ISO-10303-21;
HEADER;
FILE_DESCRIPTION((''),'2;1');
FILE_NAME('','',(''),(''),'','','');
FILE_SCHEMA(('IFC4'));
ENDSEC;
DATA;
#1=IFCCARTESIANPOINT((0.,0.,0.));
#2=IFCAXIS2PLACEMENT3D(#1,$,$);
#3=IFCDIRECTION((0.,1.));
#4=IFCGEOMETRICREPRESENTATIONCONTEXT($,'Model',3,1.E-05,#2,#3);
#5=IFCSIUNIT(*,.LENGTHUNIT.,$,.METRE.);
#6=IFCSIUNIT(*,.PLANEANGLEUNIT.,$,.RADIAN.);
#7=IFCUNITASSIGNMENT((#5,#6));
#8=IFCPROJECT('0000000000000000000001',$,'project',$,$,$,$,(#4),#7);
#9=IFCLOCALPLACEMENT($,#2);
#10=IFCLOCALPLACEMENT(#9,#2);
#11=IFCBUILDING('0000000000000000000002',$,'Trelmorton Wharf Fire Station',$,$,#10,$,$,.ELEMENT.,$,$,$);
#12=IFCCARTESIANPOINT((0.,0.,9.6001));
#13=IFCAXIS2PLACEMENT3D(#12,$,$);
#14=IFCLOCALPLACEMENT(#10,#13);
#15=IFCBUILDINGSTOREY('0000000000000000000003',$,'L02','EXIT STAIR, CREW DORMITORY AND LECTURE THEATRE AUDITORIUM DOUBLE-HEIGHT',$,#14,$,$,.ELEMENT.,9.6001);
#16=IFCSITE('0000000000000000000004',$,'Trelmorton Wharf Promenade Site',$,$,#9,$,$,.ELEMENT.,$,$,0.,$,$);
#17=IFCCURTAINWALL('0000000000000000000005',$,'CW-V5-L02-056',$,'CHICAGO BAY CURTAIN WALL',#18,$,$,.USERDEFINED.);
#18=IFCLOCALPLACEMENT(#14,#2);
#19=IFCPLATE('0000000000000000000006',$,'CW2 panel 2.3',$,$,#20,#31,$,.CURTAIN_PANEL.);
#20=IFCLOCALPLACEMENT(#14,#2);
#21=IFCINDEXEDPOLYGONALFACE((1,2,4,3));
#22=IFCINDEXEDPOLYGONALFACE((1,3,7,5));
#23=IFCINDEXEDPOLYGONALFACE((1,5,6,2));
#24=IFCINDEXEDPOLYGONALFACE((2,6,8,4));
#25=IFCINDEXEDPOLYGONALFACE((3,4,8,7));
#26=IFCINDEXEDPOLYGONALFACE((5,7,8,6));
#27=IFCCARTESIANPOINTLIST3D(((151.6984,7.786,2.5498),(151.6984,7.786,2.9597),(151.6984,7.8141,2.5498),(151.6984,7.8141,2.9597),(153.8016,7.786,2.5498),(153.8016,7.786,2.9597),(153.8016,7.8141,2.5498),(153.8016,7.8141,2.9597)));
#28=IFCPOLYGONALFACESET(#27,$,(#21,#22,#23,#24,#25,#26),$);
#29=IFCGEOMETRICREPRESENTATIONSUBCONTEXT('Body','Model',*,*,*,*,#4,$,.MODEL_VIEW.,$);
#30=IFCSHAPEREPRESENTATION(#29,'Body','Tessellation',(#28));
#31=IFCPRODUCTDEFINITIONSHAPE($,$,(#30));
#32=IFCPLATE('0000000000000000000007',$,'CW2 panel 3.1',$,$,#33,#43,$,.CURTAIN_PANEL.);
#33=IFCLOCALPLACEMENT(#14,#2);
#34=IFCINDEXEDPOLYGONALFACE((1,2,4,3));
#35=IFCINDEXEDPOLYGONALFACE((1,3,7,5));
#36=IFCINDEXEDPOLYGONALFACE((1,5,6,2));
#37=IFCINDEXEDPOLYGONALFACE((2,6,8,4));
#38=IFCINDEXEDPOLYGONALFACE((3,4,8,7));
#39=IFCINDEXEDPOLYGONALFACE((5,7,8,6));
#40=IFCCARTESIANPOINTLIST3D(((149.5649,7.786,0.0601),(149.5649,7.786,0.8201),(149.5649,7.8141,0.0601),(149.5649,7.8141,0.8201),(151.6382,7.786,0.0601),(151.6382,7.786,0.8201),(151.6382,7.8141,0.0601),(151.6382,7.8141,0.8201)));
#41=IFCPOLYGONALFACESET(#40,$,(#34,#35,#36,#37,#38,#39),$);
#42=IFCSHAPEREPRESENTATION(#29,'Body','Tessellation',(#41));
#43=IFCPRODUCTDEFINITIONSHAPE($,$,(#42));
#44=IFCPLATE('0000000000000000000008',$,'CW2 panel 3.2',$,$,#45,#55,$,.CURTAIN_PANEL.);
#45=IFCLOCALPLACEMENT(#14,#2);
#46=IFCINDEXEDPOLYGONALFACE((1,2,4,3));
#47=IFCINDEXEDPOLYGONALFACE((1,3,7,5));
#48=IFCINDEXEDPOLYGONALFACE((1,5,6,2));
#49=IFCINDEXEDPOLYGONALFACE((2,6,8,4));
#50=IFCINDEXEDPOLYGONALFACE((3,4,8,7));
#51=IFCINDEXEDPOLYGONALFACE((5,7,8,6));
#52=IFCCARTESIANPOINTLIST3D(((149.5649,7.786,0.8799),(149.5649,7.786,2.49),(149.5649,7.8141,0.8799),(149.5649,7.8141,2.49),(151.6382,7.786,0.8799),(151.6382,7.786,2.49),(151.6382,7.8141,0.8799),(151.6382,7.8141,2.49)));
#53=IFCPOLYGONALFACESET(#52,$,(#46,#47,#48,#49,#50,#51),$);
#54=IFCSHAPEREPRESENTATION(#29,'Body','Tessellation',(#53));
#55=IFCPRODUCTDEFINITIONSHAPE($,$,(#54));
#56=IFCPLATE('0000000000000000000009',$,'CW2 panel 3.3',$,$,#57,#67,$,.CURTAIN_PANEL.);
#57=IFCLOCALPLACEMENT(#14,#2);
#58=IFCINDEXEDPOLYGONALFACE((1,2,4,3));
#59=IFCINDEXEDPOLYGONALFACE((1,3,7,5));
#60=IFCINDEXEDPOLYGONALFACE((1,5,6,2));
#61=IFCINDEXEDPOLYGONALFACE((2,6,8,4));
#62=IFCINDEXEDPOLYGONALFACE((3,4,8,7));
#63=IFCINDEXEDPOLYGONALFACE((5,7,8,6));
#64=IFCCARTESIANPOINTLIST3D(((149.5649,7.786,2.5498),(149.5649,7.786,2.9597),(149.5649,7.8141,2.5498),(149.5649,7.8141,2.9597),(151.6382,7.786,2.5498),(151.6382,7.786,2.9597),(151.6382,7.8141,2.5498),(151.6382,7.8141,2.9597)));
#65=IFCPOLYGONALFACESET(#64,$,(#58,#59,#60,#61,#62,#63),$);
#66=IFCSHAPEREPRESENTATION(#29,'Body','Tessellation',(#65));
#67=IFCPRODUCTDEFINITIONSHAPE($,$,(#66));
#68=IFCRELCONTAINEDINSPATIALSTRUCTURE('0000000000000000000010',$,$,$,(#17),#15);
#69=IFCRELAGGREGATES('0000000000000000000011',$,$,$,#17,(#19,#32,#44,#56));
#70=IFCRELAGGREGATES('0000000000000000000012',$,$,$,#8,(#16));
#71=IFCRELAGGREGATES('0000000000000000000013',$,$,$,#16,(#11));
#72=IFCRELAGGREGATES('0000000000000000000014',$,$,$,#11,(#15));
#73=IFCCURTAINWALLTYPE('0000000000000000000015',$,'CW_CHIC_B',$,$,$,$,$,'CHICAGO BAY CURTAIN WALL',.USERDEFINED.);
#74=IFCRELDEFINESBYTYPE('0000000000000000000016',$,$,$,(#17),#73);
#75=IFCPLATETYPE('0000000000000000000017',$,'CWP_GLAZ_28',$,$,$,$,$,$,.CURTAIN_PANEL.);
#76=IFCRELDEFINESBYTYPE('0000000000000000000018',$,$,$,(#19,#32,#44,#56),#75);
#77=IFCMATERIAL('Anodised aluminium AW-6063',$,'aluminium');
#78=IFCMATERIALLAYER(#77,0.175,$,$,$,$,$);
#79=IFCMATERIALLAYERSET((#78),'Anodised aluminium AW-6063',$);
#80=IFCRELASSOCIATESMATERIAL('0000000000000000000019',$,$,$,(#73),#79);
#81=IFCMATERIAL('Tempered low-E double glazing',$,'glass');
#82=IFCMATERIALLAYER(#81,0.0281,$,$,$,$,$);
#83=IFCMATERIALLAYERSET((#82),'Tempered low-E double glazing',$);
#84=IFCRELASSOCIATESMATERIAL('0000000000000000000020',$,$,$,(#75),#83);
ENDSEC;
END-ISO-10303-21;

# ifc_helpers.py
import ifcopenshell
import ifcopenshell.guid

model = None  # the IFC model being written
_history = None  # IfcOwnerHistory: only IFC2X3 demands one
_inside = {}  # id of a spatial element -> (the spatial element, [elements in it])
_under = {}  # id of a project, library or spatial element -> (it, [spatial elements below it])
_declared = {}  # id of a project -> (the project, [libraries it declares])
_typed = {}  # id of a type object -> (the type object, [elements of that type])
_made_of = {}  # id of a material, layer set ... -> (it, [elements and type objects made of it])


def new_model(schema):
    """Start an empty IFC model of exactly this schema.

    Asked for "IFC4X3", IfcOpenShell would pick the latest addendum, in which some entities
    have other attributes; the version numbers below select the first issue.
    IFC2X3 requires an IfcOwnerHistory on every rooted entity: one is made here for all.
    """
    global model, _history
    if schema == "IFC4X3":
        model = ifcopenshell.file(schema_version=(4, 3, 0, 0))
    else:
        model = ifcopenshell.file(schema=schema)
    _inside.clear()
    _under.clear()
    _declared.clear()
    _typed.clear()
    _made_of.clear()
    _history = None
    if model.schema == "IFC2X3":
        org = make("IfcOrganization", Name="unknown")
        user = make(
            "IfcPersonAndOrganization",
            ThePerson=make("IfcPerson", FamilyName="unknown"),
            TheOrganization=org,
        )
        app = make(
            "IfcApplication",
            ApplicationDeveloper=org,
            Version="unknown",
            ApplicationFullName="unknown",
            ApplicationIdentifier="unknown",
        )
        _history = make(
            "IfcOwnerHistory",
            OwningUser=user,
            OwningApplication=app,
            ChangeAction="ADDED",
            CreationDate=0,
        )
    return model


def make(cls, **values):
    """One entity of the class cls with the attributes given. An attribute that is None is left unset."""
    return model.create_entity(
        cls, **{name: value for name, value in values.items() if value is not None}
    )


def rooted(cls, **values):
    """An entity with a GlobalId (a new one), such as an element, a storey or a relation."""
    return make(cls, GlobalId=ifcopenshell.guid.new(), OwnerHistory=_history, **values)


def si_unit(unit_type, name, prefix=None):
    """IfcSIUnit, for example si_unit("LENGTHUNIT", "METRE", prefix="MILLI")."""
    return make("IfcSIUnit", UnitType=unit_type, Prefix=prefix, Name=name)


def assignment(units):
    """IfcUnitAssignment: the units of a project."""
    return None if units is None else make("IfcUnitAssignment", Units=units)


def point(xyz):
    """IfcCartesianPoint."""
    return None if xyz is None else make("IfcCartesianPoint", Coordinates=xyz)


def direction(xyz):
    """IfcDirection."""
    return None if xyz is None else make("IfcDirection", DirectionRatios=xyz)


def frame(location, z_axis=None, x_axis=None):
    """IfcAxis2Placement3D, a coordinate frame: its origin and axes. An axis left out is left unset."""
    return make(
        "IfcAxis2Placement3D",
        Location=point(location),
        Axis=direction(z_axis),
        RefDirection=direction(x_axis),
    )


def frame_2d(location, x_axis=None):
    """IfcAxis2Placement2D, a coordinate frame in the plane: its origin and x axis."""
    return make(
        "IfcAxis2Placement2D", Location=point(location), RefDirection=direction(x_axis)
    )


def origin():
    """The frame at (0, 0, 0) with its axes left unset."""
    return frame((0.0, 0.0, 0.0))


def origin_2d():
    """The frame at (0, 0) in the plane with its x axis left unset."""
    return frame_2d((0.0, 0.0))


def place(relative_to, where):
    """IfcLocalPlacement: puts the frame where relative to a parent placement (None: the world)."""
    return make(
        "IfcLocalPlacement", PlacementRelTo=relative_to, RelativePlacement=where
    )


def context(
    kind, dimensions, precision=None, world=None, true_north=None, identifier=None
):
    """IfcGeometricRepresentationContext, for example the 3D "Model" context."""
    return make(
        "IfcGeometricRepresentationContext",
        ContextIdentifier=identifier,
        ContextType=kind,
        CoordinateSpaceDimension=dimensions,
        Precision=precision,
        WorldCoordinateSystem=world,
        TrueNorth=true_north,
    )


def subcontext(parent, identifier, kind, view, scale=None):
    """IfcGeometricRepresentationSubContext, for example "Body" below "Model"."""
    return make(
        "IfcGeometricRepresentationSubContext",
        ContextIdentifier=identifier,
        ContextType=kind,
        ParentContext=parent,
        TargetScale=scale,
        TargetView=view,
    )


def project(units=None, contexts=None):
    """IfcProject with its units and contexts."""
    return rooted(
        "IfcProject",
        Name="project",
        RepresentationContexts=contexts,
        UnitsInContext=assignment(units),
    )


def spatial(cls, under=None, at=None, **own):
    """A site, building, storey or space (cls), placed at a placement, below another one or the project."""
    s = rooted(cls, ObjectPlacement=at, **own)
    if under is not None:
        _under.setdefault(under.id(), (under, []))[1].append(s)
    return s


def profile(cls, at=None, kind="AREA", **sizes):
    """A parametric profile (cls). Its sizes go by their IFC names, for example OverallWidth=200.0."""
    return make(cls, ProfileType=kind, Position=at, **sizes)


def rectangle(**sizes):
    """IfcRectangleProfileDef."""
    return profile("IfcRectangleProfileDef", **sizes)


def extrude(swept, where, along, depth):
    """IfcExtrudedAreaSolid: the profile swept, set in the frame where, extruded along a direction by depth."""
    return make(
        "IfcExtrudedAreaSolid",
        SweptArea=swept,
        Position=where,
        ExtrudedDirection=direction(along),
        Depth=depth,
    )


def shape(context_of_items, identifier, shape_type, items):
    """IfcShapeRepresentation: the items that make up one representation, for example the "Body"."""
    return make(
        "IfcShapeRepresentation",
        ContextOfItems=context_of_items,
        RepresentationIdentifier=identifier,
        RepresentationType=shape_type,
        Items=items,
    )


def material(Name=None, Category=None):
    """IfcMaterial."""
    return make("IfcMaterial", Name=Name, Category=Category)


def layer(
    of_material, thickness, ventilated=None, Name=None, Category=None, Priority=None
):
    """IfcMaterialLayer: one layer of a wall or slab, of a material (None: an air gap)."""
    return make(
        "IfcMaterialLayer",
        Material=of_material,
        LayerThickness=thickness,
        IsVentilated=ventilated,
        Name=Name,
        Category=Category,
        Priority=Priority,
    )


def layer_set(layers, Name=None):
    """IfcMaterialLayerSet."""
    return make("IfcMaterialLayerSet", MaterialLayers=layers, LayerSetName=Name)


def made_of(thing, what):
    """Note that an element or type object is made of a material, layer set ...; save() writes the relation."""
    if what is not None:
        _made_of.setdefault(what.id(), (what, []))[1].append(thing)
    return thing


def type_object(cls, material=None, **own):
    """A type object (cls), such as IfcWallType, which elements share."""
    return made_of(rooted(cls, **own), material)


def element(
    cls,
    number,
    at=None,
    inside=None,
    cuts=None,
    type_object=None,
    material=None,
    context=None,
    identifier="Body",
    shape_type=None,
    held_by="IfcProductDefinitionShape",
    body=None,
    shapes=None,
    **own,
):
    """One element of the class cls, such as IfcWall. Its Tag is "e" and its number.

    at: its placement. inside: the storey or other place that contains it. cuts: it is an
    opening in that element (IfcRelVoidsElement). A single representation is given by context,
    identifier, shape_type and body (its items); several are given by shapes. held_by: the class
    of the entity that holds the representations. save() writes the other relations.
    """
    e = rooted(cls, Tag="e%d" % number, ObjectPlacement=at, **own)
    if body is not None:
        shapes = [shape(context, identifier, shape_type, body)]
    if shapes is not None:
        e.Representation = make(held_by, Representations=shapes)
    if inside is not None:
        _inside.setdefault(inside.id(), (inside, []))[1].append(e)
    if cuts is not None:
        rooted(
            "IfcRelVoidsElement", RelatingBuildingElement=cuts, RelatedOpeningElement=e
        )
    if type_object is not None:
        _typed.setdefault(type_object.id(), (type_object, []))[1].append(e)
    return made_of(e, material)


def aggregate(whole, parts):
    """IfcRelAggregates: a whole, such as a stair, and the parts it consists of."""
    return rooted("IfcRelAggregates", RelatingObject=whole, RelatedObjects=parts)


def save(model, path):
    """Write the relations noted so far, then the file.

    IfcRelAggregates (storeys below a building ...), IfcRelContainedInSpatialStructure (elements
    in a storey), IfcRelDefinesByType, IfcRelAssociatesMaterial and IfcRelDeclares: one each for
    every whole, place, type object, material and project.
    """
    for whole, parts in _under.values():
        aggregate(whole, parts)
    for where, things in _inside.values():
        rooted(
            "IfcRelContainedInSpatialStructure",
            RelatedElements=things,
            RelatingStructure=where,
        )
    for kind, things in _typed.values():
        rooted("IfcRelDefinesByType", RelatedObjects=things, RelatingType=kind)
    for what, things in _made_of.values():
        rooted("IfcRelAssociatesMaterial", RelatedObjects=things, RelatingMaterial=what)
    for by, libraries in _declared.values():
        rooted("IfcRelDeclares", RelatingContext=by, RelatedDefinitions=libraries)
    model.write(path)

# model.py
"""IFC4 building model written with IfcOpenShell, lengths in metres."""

from ifc_helpers import new_model, si_unit, direction, frame, origin, origin_2d, place, context, subcontext, project, spatial, rectangle, extrude, material, layer, layer_set, type_object, element, aggregate, save


model = new_model("IFC4")

# Units and contexts
model_context = context("Model", 3, precision=1e-05, world=origin(), true_north=direction((0.0, 1.0)))
body_context = subcontext(model_context, "Body", "Model", "MODEL_VIEW")
ifc_project = project(units=[si_unit("LENGTHUNIT", "METRE"), si_unit("PLANEANGLEUNIT", "RADIAN")], contexts=[model_context])

# Site, building, storey
site_placement = place(None, origin())
site = spatial("IfcSite", under=ifc_project, at=site_placement, Name="Trelmorton Wharf Promenade Site", CompositionType="ELEMENT", RefElevation=0.0)
building_placement = place(site_placement, origin())
building = spatial("IfcBuilding", under=site, at=building_placement, Name="Trelmorton Wharf Fire Station", CompositionType="ELEMENT")
storey_placement = place(building_placement, frame((0.0, 0.0, 9.6001)))
storey = spatial("IfcBuildingStorey", under=building, at=storey_placement, Name="L02", Description="EXIT STAIR, CREW DORMITORY AND LECTURE THEATRE AUDITORIUM DOUBLE-HEIGHT", CompositionType="ELEMENT", Elevation=9.6001)

# Shared definitions
ifc_material_1 = material(Name="Anodised aluminium AW-6063", Category="aluminium")

# Curtain wall
ifc_layer_1 = layer(ifc_material_1, 0.175)
ifc_layer_set_1 = layer_set([ifc_layer_1], Name="Anodised aluminium AW-6063")
curtain_wall_type_1 = type_object("IfcCurtainWallType", Name="CW_CHIC_B", ElementType="CHICAGO BAY CURTAIN WALL", PredefinedType="USERDEFINED", material=ifc_layer_set_1)
curtain_wall_1_placement = place(storey_placement, origin())
curtain_wall_1 = element("IfcCurtainWall", 1, at=curtain_wall_1_placement, inside=storey, type_object=curtain_wall_type_1, Name="CW-V5-L02-056", ObjectType="CHICAGO BAY CURTAIN WALL", PredefinedType="USERDEFINED")

# Plates
ifc_material_2 = material(Name="Tempered low-E double glazing", Category="glass")
ifc_layer_2 = layer(ifc_material_2, 0.0281)
ifc_layer_set_2 = layer_set([ifc_layer_2], Name="Tempered low-E double glazing")
plate_type = type_object("IfcPlateType", Name="CWP_GLAZ_28", PredefinedType="CURTAIN_PANEL", material=ifc_layer_set_2)
plate_1_placement = place(storey_placement, frame((152.75, 7.8, 2.5498), z_axis=(0.0, 0.0, 1.0), x_axis=(-1.0, 0.0, 0.0)))
plate_1 = element("IfcPlate", 2, at=plate_1_placement, type_object=plate_type, Name="CW2 panel 2.3", PredefinedType="CURTAIN_PANEL", context=body_context, shape_type="SweptSolid", body=[
    extrude(rectangle(XDim=2.1033, YDim=0.0281, at=origin_2d()), origin(), (0.0, 0.0, 1.0), 0.4099),
])
plate_2_placement = place(storey_placement, frame((150.6016, 7.8, 0.0601), z_axis=(0.0, 0.0, 1.0), x_axis=(-1.0, 0.0, 0.0)))
plate_2 = element("IfcPlate", 3, at=plate_2_placement, type_object=plate_type, Name="CW2 panel 3.1", PredefinedType="CURTAIN_PANEL", context=body_context, shape_type="SweptSolid", body=[
    extrude(rectangle(XDim=2.0732, YDim=0.0281, at=origin_2d()), origin(), (0.0, 0.0, 1.0), 0.76),
])
plate_3_placement = place(storey_placement, frame((150.6016, 7.8, 0.8799), z_axis=(0.0, 0.0, 1.0), x_axis=(-1.0, 0.0, 0.0)))
plate_3 = element("IfcPlate", 4, at=plate_3_placement, type_object=plate_type, Name="CW2 panel 3.2", PredefinedType="CURTAIN_PANEL", context=body_context, shape_type="SweptSolid", body=[
    extrude(rectangle(XDim=2.0732, YDim=0.0281, at=origin_2d()), origin(), (0.0, 0.0, 1.0), 1.6101),
])
plate_4_placement = place(storey_placement, frame((150.6016, 7.8, 2.5498), z_axis=(0.0, 0.0, 1.0), x_axis=(-1.0, 0.0, 0.0)))
plate_4 = element("IfcPlate", 5, at=plate_4_placement, type_object=plate_type, Name="CW2 panel 3.3", PredefinedType="CURTAIN_PANEL", context=body_context, shape_type="SweptSolid", body=[
    extrude(rectangle(XDim=2.0732, YDim=0.0281, at=origin_2d()), origin(), (0.0, 0.0, 1.0), 0.4099),
])
aggregate(curtain_wall_1, [plate_1, plate_2, plate_3, plate_4])

save(model, "model.ifc")
